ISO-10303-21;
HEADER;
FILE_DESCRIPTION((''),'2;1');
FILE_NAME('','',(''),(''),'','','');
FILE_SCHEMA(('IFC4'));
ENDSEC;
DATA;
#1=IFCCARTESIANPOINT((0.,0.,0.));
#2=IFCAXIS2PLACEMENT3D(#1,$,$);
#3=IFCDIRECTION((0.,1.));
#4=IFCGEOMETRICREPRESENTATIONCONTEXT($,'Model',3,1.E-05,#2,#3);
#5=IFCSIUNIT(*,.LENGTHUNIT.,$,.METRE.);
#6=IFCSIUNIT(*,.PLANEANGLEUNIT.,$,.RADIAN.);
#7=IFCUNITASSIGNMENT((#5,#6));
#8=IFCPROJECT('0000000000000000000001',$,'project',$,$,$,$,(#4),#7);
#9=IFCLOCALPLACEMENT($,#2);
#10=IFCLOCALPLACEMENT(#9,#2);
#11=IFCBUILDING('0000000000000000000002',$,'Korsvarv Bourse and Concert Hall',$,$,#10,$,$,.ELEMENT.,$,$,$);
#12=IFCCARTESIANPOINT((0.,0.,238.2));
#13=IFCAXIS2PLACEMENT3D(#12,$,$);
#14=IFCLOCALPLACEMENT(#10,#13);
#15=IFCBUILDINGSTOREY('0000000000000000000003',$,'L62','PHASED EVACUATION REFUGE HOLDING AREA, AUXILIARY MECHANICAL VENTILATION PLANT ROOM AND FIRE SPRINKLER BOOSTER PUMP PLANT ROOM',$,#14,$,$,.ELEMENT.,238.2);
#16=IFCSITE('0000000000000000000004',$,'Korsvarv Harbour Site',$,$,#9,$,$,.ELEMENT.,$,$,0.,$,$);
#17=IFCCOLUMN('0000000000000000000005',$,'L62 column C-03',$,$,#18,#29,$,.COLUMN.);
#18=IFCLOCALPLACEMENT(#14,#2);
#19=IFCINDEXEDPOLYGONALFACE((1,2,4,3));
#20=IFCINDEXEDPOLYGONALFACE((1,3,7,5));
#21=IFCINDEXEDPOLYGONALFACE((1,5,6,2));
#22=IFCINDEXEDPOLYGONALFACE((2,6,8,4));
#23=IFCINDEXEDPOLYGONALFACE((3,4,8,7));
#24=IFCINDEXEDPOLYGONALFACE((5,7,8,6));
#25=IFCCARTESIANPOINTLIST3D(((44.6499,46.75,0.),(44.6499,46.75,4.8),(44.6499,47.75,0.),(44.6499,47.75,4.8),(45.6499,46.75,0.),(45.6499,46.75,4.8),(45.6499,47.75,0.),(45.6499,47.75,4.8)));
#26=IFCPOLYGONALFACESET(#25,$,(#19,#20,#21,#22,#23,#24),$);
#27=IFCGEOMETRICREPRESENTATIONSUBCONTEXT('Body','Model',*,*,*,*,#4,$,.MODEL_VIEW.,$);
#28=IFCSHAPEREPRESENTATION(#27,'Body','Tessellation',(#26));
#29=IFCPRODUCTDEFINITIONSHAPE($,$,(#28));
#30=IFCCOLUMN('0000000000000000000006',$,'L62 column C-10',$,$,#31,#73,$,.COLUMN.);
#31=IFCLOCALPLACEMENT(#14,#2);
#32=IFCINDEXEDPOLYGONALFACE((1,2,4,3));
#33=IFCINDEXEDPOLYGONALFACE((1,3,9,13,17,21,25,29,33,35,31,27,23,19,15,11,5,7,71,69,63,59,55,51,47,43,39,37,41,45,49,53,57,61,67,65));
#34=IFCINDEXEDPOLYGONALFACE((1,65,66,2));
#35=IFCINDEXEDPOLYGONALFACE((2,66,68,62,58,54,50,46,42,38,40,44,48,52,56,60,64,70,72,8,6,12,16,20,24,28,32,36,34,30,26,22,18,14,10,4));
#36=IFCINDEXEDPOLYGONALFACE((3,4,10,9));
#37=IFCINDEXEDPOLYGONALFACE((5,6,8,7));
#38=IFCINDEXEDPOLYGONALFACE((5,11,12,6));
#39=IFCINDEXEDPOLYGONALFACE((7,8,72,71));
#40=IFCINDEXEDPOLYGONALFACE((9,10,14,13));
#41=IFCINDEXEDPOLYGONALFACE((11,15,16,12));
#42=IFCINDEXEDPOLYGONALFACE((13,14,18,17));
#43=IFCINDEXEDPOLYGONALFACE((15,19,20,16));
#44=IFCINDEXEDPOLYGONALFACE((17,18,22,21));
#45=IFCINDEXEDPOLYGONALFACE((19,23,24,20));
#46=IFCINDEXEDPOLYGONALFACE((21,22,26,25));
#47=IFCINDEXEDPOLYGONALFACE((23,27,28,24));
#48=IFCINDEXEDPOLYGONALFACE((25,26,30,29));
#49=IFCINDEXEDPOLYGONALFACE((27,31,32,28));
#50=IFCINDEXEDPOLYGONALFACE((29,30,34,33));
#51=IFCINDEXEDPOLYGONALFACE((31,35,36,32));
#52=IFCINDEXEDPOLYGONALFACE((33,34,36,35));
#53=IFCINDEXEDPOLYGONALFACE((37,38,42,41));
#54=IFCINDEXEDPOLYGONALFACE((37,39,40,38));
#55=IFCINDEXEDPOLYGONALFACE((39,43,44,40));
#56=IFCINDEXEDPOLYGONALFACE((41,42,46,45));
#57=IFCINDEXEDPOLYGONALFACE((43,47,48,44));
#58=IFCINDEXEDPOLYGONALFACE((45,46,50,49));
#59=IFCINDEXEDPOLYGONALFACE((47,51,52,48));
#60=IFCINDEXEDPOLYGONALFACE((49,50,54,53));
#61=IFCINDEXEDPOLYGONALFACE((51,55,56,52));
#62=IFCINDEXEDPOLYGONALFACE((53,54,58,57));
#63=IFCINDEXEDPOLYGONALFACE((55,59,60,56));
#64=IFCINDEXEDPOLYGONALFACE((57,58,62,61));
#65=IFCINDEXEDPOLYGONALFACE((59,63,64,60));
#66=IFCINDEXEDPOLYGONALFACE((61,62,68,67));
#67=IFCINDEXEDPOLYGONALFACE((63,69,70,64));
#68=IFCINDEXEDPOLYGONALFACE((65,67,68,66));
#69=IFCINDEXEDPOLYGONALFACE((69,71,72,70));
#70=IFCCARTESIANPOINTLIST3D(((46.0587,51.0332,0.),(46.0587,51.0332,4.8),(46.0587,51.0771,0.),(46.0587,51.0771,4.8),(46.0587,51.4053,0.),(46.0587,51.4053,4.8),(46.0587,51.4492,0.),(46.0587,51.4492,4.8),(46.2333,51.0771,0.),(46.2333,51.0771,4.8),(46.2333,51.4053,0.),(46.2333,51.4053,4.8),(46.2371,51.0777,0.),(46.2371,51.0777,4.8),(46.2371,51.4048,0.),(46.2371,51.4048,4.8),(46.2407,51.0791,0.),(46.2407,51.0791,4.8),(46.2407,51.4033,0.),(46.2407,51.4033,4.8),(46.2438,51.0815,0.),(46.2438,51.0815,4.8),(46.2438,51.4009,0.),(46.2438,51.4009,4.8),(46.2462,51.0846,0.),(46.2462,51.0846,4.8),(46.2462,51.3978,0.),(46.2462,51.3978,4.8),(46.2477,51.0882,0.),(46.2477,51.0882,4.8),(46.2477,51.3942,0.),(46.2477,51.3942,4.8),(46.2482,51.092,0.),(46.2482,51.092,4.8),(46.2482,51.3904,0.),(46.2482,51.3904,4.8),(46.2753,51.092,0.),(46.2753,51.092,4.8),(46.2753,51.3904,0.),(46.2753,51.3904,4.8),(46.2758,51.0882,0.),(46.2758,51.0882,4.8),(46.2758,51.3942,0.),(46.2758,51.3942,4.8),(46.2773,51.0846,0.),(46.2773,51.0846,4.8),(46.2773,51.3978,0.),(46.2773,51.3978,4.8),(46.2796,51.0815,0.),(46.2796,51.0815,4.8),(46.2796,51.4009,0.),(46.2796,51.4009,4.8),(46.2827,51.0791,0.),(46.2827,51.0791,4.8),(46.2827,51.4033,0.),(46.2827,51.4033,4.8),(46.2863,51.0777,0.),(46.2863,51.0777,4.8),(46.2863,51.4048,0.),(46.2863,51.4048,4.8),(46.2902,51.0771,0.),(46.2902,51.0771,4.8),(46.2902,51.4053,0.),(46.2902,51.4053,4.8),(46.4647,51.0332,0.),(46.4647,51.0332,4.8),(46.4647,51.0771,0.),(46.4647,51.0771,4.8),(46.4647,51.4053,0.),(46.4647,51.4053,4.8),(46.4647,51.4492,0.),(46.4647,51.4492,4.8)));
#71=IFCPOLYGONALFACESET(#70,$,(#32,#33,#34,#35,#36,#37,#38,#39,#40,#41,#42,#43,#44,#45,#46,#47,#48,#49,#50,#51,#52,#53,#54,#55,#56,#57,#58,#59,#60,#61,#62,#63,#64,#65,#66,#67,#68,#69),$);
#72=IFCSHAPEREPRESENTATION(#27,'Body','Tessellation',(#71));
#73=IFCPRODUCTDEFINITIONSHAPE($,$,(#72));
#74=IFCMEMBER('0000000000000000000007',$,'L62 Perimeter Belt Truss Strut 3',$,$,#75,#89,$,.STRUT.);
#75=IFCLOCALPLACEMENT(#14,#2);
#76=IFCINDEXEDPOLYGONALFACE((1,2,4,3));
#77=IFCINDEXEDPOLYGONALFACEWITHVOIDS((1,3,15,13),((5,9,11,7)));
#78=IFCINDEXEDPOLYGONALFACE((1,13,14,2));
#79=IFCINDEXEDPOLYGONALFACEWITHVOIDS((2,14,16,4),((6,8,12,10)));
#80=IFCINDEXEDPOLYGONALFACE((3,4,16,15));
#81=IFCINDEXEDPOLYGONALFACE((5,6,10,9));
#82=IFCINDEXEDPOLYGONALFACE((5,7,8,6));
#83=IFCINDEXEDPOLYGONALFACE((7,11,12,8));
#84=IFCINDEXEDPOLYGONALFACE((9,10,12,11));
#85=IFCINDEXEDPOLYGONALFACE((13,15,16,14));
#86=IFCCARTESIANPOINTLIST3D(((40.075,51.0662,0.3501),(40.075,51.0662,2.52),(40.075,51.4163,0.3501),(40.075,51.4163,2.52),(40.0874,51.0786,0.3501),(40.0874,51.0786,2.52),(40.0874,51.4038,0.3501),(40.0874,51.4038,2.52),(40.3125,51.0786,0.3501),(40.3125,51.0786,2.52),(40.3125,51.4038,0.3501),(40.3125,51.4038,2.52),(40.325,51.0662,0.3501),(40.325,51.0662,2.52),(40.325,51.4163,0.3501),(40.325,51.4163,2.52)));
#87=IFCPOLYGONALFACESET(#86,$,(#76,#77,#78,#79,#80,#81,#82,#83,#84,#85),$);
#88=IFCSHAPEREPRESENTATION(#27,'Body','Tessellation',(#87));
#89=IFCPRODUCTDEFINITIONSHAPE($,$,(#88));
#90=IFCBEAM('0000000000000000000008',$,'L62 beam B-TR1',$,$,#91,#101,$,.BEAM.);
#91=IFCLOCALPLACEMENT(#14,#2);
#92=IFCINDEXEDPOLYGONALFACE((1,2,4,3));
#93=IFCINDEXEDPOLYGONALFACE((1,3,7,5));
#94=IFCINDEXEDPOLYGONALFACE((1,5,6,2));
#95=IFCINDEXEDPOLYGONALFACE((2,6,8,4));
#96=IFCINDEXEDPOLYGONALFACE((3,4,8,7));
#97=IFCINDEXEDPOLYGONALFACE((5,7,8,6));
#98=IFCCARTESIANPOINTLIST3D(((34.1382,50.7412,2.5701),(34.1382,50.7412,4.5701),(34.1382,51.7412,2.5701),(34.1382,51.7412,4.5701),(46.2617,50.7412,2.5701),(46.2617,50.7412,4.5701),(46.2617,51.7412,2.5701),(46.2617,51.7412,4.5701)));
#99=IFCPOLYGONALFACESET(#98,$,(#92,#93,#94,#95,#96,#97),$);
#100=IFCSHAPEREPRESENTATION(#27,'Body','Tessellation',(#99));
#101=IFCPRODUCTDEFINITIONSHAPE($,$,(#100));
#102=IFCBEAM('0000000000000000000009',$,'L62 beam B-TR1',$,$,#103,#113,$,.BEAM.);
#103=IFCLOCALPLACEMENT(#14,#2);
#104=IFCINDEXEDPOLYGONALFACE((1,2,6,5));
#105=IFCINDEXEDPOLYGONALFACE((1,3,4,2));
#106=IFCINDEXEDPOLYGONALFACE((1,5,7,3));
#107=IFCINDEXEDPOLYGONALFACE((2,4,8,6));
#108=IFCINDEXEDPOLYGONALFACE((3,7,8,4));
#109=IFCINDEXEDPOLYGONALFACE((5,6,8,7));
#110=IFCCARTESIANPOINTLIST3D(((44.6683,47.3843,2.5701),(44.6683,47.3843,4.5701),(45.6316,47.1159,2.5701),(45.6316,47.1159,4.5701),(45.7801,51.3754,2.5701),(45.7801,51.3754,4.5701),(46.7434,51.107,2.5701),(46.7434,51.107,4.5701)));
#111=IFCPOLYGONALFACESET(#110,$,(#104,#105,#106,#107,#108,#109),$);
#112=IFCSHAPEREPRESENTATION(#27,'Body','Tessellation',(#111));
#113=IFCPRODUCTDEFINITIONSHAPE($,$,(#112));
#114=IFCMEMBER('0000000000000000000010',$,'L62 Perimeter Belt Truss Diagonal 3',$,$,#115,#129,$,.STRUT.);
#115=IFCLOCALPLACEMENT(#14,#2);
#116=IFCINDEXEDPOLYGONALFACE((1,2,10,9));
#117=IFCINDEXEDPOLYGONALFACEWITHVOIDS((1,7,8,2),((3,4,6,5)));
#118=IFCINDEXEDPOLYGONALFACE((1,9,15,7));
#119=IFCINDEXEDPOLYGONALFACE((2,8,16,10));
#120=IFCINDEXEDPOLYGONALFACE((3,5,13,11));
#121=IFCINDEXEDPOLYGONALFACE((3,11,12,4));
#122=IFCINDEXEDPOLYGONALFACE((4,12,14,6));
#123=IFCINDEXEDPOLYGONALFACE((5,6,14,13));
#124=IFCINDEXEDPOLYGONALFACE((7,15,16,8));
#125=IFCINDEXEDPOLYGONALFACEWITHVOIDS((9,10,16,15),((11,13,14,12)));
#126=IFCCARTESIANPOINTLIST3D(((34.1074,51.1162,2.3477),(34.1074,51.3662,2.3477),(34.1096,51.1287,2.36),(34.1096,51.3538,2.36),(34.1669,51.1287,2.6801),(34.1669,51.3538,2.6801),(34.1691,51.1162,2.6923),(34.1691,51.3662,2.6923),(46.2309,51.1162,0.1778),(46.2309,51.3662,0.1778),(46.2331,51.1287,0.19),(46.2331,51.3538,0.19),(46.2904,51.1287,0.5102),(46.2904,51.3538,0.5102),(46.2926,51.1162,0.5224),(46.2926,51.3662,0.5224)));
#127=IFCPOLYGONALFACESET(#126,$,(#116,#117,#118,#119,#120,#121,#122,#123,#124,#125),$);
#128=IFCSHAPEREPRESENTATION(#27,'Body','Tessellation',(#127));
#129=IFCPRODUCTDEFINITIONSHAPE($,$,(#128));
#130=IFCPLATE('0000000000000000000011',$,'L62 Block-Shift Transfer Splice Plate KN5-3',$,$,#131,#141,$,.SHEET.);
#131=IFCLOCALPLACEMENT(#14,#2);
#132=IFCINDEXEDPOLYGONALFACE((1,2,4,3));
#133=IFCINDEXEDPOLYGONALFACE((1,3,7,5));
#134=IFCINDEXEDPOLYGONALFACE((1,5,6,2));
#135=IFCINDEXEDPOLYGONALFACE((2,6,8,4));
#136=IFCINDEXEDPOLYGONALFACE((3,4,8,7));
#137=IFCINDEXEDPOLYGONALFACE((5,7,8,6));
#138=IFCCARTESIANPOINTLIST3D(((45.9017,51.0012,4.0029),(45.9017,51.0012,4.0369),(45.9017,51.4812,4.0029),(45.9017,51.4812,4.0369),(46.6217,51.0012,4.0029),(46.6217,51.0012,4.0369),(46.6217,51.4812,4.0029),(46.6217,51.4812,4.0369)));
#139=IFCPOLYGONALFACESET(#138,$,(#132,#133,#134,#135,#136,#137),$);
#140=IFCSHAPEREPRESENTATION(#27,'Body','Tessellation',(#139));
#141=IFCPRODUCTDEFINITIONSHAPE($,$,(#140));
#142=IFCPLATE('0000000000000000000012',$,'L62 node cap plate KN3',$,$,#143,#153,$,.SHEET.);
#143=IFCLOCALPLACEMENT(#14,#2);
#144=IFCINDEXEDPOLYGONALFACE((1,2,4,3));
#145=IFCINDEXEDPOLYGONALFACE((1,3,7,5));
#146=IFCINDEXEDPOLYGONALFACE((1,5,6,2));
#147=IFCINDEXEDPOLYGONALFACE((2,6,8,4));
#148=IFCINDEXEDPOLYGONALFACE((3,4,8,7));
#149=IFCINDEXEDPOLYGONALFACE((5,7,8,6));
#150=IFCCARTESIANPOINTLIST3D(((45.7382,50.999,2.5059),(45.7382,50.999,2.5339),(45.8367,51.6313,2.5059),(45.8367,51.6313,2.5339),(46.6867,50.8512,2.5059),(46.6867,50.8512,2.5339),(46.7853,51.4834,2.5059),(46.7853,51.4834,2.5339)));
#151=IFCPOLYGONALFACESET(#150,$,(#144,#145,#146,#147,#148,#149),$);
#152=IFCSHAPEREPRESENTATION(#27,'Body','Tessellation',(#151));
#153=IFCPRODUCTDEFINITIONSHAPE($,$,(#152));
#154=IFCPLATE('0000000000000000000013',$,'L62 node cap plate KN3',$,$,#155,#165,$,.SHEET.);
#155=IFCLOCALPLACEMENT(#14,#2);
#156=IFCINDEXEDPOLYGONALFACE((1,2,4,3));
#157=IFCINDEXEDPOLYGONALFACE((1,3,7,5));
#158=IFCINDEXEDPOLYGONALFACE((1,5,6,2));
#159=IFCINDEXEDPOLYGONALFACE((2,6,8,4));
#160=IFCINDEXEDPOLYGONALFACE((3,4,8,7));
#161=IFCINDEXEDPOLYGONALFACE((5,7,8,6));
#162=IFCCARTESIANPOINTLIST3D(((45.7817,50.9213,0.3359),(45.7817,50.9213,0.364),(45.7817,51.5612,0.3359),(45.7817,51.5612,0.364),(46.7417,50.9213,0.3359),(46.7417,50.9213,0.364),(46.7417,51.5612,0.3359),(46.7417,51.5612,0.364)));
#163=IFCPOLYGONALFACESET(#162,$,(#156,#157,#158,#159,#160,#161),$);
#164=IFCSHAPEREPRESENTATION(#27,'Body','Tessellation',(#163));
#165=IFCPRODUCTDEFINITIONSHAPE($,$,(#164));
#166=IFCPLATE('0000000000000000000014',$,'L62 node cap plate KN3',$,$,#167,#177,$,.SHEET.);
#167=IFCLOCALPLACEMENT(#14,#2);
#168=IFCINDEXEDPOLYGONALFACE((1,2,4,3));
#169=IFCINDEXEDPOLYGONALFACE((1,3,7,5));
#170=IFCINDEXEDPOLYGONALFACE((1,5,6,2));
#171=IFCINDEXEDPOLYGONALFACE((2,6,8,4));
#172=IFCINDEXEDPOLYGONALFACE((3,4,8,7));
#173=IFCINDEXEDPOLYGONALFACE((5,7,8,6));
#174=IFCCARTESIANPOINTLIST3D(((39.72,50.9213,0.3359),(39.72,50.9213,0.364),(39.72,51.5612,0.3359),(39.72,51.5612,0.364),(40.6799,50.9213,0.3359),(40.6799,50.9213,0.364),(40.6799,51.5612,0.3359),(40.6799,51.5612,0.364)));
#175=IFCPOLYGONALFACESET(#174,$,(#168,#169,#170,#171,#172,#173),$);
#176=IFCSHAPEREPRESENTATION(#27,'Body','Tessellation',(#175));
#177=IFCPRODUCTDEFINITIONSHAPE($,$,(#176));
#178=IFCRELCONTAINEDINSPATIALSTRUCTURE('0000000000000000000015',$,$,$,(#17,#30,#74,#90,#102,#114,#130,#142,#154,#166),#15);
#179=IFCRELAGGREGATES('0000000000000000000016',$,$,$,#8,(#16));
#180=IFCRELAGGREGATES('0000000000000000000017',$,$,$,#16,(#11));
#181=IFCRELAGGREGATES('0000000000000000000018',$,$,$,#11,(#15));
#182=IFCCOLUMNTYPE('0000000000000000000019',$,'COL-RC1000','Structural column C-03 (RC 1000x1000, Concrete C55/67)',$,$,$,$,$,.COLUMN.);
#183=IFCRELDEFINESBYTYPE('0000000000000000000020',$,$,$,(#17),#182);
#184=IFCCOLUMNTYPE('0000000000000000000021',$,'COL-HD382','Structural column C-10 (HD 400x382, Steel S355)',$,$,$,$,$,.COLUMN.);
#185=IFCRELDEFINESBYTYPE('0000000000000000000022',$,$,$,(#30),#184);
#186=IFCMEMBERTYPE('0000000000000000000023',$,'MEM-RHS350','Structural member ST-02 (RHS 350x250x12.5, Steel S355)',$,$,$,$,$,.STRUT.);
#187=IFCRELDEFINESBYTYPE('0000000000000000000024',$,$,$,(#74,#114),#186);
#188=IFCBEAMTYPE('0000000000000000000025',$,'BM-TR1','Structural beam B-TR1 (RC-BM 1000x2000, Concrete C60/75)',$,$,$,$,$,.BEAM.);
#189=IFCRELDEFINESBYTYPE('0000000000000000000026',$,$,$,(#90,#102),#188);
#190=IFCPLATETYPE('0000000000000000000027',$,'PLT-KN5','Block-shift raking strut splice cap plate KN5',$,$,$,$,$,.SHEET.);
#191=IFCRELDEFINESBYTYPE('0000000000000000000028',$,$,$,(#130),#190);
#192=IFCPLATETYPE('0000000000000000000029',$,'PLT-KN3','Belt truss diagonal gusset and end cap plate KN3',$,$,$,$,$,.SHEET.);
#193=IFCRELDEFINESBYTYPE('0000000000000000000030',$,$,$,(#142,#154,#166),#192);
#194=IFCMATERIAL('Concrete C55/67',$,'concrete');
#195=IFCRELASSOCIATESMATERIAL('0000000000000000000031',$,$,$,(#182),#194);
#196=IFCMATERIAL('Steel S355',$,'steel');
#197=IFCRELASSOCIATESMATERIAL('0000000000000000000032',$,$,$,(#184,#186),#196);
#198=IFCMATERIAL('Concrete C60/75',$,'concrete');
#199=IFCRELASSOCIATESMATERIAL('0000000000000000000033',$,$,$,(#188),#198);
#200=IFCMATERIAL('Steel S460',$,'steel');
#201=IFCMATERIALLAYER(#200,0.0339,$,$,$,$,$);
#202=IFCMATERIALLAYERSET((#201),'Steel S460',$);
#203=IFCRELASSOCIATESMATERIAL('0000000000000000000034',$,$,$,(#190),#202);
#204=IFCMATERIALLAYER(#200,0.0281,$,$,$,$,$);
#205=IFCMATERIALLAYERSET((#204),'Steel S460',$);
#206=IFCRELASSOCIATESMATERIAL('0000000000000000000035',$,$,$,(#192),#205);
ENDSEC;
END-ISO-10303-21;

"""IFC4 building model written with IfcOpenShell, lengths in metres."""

from ifc_helpers import new_model, si_unit, direction, frame, origin, origin_2d, place, context, subcontext, project, spatial, rectangle, hollow_rectangle, i_section, extrude, source, transform, mapped, material, layer, layer_set, material_profile, profile_set, type_object, element, save


model = new_model("IFC4")

# Units and contexts
model_context = context("Model", 3, precision=1e-05, world=origin(), true_north=direction((0.0, 1.0)))
body_context = subcontext(model_context, "Body", "Model", "MODEL_VIEW")
ifc_project = project(units=[si_unit("LENGTHUNIT", "METRE"), si_unit("PLANEANGLEUNIT", "RADIAN")], contexts=[model_context])

# Site, building, storey
site_placement = place(None, origin())
site = spatial("IfcSite", under=ifc_project, at=site_placement, Name="Korsvarv Harbour Site", CompositionType="ELEMENT", RefElevation=0.0)
building_placement = place(site_placement, origin())
building = spatial("IfcBuilding", under=site, at=building_placement, Name="Korsvarv Bourse and Concert Hall", CompositionType="ELEMENT")
storey_placement = place(building_placement, frame((0.0, 0.0, 238.2)))
storey = spatial("IfcBuildingStorey", under=building, at=storey_placement, Name="L62", Description="PHASED EVACUATION REFUGE HOLDING AREA, AUXILIARY MECHANICAL VENTILATION PLANT ROOM AND FIRE SPRINKLER BOOSTER PUMP PLANT ROOM", CompositionType="ELEMENT", Elevation=238.2)

# Columns
ifc_material_1 = material(Name="Concrete C55/67", Category="concrete")
ifc_material_profile_1 = material_profile(ifc_material_1, rectangle(XDim=1.0, YDim=1.0, at=origin_2d()), Name="RC 1000x1000")
ifc_profile_set_1 = profile_set([ifc_material_profile_1], Name="Concrete C55/67")
column_type_1 = type_object("IfcColumnType", Name="COL-RC1000", Description="Structural column C-03 (RC 1000x1000, Concrete C55/67)", PredefinedType="COLUMN", material=ifc_profile_set_1)
shared_shape_1 = source(origin(), body_context, "Body", "SweptSolid", [
    extrude(rectangle(XDim=1.0, YDim=1.0, at=origin_2d()), origin(), (0.0, 0.0, 1.0), 4.8),
])
column_1_placement = place(storey_placement, frame((45.1499, 47.25, 0.0), z_axis=(0.0, 0.0, 1.0), x_axis=(1.0, 0.0, 0.0)))
element("IfcColumn", 1, at=column_1_placement, inside=storey, type_object=column_type_1, Name="L62 column C-03", PredefinedType="COLUMN", context=body_context, shape_type="MappedRepresentation", body=[
    mapped(shared_shape_1, transform((0.0, 0.0, 0.0), scale=1.0)),
])
ifc_material_2 = material(Name="Steel S355", Category="steel")
ifc_material_profile_2 = material_profile(ifc_material_2, i_section(OverallWidth=0.406, OverallDepth=0.416, WebThickness=0.0271, FlangeThickness=0.0439, FilletRadius=0.0149, at=origin_2d()), Name="HD 400x382")
ifc_profile_set_2 = profile_set([ifc_material_profile_2], Name="Steel S355")
column_type_2 = type_object("IfcColumnType", Name="COL-HD382", Description="Structural column C-10 (HD 400x382, Steel S355)", PredefinedType="COLUMN", material=ifc_profile_set_2)
shared_shape_2 = source(origin(), body_context, "Body", "SweptSolid", [
    extrude(i_section(OverallWidth=0.406, OverallDepth=0.416, WebThickness=0.0271, FlangeThickness=0.0439, FilletRadius=0.0149, at=origin_2d()), origin(), (0.0, 0.0, 1.0), 4.8),
])
column_2_placement = place(storey_placement, frame((46.2617, 51.2412, 0.0), z_axis=(0.0, 0.0, 1.0), x_axis=(1.0, 0.0, 0.0)))
element("IfcColumn", 2, at=column_2_placement, inside=storey, type_object=column_type_2, Name="L62 column C-10", PredefinedType="COLUMN", context=body_context, shape_type="MappedRepresentation", body=[
    mapped(shared_shape_2, transform((0.0, 0.0, 0.0), scale=1.0)),
])

# Member
ifc_material_profile_3 = material_profile(ifc_material_2, hollow_rectangle(XDim=0.25, YDim=0.3501, WallThickness=0.0125, at=origin_2d()), Name="RHS 350x250x12.5")
ifc_profile_set_3 = profile_set([ifc_material_profile_3], Name="Steel S355")
member_type = type_object("IfcMemberType", Name="MEM-RHS350", Description="Structural member ST-02 (RHS 350x250x12.5, Steel S355)", PredefinedType="STRUT", material=ifc_profile_set_3)
shared_shape_3 = source(origin(), body_context, "Body", "SweptSolid", [
    extrude(hollow_rectangle(XDim=0.25, YDim=0.3501, WallThickness=0.0125, at=origin_2d()), origin(), (0.0, 0.0, 1.0), 2.1699),
])
member_1_placement = place(storey_placement, frame((40.2, 51.2412, 0.3501), z_axis=(0.0, 0.0, 1.0), x_axis=(1.0, 0.0, 0.0)))
element("IfcMember", 3, at=member_1_placement, inside=storey, type_object=member_type, Name="L62 Perimeter Belt Truss Strut 3", PredefinedType="STRUT", context=body_context, shape_type="MappedRepresentation", body=[
    mapped(shared_shape_3, transform((0.0, 0.0, 0.0), scale=1.0)),
])

# Beams
ifc_material_3 = material(Name="Concrete C60/75", Category="concrete")
ifc_material_profile_4 = material_profile(ifc_material_3, rectangle(XDim=1.0, YDim=2.0, at=origin_2d()), Name="RC-BM 1000x2000")
ifc_profile_set_4 = profile_set([ifc_material_profile_4], Name="Concrete C60/75")
beam_type = type_object("IfcBeamType", Name="BM-TR1", Description="Structural beam B-TR1 (RC-BM 1000x2000, Concrete C60/75)", PredefinedType="BEAM", material=ifc_profile_set_4)
shared_shape_4 = source(origin(), body_context, "Body", "SweptSolid", [
    extrude(rectangle(XDim=1.0, YDim=2.0, at=origin_2d()), origin(), (0.0, 0.0, 1.0), 12.1235),
])
beam_1_placement = place(storey_placement, frame((46.2617, 51.2412, 3.5701), z_axis=(-1.0, 0.0, 0.0), x_axis=(0.0, -1.0, 0.0)))
element("IfcBeam", 4, at=beam_1_placement, inside=storey, type_object=beam_type, Name="L62 beam B-TR1", PredefinedType="BEAM", context=body_context, shape_type="MappedRepresentation", body=[
    mapped(shared_shape_4, transform((0.0, 0.0, 0.0), scale=1.0)),
])
shared_shape_5 = source(origin(), body_context, "Body", "SweptSolid", [
    extrude(rectangle(XDim=1.0, YDim=2.0, at=origin_2d()), origin(), (0.0, 0.0, 1.0), 4.1431),
])
beam_2_placement = place(storey_placement, frame((46.2617, 51.2412, 3.5701), z_axis=(-0.268349, -0.963322, 0.0), x_axis=(0.963322, -0.268349, 0.0)))
element("IfcBeam", 5, at=beam_2_placement, inside=storey, type_object=beam_type, Name="L62 beam B-TR1", PredefinedType="BEAM", context=body_context, shape_type="MappedRepresentation", body=[
    mapped(shared_shape_5, transform((0.0, 0.0, 0.0), scale=1.0)),
])

# Member
shared_shape_6 = source(origin(), body_context, "Body", "SweptSolid", [
    extrude(hollow_rectangle(XDim=0.25, YDim=0.3501, WallThickness=0.0125, at=origin_2d()), origin(), (0.0, 0.0, 1.0), 12.3162),
])
member_2_placement = place(storey_placement, frame((46.2617, 51.2412, 0.3501), z_axis=(-0.984357, 0.0, 0.176184), x_axis=(0.0, -1.0, 0.0)))
element("IfcMember", 6, at=member_2_placement, inside=storey, type_object=member_type, Name="L62 Perimeter Belt Truss Diagonal 3", PredefinedType="STRUT", context=body_context, shape_type="MappedRepresentation", body=[
    mapped(shared_shape_6, transform((0.0, 0.0, 0.0), scale=1.0)),
])

# Plates
ifc_material_4 = material(Name="Steel S460", Category="steel")
ifc_layer_1 = layer(ifc_material_4, 0.0339)
ifc_layer_set_1 = layer_set([ifc_layer_1], Name="Steel S460")
plate_type_1 = type_object("IfcPlateType", Name="PLT-KN5", Description="Block-shift raking strut splice cap plate KN5", PredefinedType="SHEET", material=ifc_layer_set_1)
shared_shape_7 = source(origin(), body_context, "Body", "SweptSolid", [
    extrude(rectangle(XDim=0.72, YDim=0.48, at=origin_2d()), origin(), (0.0, 0.0, 1.0), 0.0339),
])
plate_placement = place(storey_placement, frame((46.2617, 51.2412, 4.0029), z_axis=(0.0, 0.0, 1.0), x_axis=(1.0, 0.0, 0.0)))
element("IfcPlate", 7, at=plate_placement, inside=storey, type_object=plate_type_1, Name="L62 Block-Shift Transfer Splice Plate KN5-3", PredefinedType="SHEET", context=body_context, shape_type="MappedRepresentation", body=[
    mapped(shared_shape_7, transform((0.0, 0.0, 0.0), scale=1.0)),
])
ifc_layer_2 = layer(ifc_material_4, 0.0281)
ifc_layer_set_2 = layer_set([ifc_layer_2], Name="Steel S460")
plate_type_2 = type_object("IfcPlateType", Name="PLT-KN3", Description="Belt truss diagonal gusset and end cap plate KN3", PredefinedType="SHEET", material=ifc_layer_set_2)
shared_shape_8 = source(origin(), body_context, "Body", "SweptSolid", [
    extrude(rectangle(XDim=0.96, YDim=0.6399, at=origin_2d()), origin(), (0.0, 0.0, 1.0), 0.0281),
])
for number, where, z_axis, x_axis, name in (
    (8, (46.2617, 51.2412, 2.5059), (0.0, 0.0, 1.0), (-0.988068, 0.154021, 0.0), "L62 node cap plate KN3"),
    (9, (46.2617, 51.2412, 0.3359), (0.0, 0.0, 1.0), (1.0, 0.0, 0.0), "L62 node cap plate KN3"),
    (10, (40.2, 51.2412, 0.3359), (0.0, 0.0, 1.0), (1.0, 0.0, 0.0), "L62 node cap plate KN3"),
):
    element("IfcPlate", number, at=place(storey_placement, frame(where, z_axis=z_axis, x_axis=x_axis)), inside=storey, type_object=plate_type_2, Name=name, PredefinedType="SHEET", context=body_context, shape_type="MappedRepresentation", body=[
        mapped(shared_shape_8, transform((0.0, 0.0, 0.0), scale=1.0)),
    ])

save(model, "model.ifc")
